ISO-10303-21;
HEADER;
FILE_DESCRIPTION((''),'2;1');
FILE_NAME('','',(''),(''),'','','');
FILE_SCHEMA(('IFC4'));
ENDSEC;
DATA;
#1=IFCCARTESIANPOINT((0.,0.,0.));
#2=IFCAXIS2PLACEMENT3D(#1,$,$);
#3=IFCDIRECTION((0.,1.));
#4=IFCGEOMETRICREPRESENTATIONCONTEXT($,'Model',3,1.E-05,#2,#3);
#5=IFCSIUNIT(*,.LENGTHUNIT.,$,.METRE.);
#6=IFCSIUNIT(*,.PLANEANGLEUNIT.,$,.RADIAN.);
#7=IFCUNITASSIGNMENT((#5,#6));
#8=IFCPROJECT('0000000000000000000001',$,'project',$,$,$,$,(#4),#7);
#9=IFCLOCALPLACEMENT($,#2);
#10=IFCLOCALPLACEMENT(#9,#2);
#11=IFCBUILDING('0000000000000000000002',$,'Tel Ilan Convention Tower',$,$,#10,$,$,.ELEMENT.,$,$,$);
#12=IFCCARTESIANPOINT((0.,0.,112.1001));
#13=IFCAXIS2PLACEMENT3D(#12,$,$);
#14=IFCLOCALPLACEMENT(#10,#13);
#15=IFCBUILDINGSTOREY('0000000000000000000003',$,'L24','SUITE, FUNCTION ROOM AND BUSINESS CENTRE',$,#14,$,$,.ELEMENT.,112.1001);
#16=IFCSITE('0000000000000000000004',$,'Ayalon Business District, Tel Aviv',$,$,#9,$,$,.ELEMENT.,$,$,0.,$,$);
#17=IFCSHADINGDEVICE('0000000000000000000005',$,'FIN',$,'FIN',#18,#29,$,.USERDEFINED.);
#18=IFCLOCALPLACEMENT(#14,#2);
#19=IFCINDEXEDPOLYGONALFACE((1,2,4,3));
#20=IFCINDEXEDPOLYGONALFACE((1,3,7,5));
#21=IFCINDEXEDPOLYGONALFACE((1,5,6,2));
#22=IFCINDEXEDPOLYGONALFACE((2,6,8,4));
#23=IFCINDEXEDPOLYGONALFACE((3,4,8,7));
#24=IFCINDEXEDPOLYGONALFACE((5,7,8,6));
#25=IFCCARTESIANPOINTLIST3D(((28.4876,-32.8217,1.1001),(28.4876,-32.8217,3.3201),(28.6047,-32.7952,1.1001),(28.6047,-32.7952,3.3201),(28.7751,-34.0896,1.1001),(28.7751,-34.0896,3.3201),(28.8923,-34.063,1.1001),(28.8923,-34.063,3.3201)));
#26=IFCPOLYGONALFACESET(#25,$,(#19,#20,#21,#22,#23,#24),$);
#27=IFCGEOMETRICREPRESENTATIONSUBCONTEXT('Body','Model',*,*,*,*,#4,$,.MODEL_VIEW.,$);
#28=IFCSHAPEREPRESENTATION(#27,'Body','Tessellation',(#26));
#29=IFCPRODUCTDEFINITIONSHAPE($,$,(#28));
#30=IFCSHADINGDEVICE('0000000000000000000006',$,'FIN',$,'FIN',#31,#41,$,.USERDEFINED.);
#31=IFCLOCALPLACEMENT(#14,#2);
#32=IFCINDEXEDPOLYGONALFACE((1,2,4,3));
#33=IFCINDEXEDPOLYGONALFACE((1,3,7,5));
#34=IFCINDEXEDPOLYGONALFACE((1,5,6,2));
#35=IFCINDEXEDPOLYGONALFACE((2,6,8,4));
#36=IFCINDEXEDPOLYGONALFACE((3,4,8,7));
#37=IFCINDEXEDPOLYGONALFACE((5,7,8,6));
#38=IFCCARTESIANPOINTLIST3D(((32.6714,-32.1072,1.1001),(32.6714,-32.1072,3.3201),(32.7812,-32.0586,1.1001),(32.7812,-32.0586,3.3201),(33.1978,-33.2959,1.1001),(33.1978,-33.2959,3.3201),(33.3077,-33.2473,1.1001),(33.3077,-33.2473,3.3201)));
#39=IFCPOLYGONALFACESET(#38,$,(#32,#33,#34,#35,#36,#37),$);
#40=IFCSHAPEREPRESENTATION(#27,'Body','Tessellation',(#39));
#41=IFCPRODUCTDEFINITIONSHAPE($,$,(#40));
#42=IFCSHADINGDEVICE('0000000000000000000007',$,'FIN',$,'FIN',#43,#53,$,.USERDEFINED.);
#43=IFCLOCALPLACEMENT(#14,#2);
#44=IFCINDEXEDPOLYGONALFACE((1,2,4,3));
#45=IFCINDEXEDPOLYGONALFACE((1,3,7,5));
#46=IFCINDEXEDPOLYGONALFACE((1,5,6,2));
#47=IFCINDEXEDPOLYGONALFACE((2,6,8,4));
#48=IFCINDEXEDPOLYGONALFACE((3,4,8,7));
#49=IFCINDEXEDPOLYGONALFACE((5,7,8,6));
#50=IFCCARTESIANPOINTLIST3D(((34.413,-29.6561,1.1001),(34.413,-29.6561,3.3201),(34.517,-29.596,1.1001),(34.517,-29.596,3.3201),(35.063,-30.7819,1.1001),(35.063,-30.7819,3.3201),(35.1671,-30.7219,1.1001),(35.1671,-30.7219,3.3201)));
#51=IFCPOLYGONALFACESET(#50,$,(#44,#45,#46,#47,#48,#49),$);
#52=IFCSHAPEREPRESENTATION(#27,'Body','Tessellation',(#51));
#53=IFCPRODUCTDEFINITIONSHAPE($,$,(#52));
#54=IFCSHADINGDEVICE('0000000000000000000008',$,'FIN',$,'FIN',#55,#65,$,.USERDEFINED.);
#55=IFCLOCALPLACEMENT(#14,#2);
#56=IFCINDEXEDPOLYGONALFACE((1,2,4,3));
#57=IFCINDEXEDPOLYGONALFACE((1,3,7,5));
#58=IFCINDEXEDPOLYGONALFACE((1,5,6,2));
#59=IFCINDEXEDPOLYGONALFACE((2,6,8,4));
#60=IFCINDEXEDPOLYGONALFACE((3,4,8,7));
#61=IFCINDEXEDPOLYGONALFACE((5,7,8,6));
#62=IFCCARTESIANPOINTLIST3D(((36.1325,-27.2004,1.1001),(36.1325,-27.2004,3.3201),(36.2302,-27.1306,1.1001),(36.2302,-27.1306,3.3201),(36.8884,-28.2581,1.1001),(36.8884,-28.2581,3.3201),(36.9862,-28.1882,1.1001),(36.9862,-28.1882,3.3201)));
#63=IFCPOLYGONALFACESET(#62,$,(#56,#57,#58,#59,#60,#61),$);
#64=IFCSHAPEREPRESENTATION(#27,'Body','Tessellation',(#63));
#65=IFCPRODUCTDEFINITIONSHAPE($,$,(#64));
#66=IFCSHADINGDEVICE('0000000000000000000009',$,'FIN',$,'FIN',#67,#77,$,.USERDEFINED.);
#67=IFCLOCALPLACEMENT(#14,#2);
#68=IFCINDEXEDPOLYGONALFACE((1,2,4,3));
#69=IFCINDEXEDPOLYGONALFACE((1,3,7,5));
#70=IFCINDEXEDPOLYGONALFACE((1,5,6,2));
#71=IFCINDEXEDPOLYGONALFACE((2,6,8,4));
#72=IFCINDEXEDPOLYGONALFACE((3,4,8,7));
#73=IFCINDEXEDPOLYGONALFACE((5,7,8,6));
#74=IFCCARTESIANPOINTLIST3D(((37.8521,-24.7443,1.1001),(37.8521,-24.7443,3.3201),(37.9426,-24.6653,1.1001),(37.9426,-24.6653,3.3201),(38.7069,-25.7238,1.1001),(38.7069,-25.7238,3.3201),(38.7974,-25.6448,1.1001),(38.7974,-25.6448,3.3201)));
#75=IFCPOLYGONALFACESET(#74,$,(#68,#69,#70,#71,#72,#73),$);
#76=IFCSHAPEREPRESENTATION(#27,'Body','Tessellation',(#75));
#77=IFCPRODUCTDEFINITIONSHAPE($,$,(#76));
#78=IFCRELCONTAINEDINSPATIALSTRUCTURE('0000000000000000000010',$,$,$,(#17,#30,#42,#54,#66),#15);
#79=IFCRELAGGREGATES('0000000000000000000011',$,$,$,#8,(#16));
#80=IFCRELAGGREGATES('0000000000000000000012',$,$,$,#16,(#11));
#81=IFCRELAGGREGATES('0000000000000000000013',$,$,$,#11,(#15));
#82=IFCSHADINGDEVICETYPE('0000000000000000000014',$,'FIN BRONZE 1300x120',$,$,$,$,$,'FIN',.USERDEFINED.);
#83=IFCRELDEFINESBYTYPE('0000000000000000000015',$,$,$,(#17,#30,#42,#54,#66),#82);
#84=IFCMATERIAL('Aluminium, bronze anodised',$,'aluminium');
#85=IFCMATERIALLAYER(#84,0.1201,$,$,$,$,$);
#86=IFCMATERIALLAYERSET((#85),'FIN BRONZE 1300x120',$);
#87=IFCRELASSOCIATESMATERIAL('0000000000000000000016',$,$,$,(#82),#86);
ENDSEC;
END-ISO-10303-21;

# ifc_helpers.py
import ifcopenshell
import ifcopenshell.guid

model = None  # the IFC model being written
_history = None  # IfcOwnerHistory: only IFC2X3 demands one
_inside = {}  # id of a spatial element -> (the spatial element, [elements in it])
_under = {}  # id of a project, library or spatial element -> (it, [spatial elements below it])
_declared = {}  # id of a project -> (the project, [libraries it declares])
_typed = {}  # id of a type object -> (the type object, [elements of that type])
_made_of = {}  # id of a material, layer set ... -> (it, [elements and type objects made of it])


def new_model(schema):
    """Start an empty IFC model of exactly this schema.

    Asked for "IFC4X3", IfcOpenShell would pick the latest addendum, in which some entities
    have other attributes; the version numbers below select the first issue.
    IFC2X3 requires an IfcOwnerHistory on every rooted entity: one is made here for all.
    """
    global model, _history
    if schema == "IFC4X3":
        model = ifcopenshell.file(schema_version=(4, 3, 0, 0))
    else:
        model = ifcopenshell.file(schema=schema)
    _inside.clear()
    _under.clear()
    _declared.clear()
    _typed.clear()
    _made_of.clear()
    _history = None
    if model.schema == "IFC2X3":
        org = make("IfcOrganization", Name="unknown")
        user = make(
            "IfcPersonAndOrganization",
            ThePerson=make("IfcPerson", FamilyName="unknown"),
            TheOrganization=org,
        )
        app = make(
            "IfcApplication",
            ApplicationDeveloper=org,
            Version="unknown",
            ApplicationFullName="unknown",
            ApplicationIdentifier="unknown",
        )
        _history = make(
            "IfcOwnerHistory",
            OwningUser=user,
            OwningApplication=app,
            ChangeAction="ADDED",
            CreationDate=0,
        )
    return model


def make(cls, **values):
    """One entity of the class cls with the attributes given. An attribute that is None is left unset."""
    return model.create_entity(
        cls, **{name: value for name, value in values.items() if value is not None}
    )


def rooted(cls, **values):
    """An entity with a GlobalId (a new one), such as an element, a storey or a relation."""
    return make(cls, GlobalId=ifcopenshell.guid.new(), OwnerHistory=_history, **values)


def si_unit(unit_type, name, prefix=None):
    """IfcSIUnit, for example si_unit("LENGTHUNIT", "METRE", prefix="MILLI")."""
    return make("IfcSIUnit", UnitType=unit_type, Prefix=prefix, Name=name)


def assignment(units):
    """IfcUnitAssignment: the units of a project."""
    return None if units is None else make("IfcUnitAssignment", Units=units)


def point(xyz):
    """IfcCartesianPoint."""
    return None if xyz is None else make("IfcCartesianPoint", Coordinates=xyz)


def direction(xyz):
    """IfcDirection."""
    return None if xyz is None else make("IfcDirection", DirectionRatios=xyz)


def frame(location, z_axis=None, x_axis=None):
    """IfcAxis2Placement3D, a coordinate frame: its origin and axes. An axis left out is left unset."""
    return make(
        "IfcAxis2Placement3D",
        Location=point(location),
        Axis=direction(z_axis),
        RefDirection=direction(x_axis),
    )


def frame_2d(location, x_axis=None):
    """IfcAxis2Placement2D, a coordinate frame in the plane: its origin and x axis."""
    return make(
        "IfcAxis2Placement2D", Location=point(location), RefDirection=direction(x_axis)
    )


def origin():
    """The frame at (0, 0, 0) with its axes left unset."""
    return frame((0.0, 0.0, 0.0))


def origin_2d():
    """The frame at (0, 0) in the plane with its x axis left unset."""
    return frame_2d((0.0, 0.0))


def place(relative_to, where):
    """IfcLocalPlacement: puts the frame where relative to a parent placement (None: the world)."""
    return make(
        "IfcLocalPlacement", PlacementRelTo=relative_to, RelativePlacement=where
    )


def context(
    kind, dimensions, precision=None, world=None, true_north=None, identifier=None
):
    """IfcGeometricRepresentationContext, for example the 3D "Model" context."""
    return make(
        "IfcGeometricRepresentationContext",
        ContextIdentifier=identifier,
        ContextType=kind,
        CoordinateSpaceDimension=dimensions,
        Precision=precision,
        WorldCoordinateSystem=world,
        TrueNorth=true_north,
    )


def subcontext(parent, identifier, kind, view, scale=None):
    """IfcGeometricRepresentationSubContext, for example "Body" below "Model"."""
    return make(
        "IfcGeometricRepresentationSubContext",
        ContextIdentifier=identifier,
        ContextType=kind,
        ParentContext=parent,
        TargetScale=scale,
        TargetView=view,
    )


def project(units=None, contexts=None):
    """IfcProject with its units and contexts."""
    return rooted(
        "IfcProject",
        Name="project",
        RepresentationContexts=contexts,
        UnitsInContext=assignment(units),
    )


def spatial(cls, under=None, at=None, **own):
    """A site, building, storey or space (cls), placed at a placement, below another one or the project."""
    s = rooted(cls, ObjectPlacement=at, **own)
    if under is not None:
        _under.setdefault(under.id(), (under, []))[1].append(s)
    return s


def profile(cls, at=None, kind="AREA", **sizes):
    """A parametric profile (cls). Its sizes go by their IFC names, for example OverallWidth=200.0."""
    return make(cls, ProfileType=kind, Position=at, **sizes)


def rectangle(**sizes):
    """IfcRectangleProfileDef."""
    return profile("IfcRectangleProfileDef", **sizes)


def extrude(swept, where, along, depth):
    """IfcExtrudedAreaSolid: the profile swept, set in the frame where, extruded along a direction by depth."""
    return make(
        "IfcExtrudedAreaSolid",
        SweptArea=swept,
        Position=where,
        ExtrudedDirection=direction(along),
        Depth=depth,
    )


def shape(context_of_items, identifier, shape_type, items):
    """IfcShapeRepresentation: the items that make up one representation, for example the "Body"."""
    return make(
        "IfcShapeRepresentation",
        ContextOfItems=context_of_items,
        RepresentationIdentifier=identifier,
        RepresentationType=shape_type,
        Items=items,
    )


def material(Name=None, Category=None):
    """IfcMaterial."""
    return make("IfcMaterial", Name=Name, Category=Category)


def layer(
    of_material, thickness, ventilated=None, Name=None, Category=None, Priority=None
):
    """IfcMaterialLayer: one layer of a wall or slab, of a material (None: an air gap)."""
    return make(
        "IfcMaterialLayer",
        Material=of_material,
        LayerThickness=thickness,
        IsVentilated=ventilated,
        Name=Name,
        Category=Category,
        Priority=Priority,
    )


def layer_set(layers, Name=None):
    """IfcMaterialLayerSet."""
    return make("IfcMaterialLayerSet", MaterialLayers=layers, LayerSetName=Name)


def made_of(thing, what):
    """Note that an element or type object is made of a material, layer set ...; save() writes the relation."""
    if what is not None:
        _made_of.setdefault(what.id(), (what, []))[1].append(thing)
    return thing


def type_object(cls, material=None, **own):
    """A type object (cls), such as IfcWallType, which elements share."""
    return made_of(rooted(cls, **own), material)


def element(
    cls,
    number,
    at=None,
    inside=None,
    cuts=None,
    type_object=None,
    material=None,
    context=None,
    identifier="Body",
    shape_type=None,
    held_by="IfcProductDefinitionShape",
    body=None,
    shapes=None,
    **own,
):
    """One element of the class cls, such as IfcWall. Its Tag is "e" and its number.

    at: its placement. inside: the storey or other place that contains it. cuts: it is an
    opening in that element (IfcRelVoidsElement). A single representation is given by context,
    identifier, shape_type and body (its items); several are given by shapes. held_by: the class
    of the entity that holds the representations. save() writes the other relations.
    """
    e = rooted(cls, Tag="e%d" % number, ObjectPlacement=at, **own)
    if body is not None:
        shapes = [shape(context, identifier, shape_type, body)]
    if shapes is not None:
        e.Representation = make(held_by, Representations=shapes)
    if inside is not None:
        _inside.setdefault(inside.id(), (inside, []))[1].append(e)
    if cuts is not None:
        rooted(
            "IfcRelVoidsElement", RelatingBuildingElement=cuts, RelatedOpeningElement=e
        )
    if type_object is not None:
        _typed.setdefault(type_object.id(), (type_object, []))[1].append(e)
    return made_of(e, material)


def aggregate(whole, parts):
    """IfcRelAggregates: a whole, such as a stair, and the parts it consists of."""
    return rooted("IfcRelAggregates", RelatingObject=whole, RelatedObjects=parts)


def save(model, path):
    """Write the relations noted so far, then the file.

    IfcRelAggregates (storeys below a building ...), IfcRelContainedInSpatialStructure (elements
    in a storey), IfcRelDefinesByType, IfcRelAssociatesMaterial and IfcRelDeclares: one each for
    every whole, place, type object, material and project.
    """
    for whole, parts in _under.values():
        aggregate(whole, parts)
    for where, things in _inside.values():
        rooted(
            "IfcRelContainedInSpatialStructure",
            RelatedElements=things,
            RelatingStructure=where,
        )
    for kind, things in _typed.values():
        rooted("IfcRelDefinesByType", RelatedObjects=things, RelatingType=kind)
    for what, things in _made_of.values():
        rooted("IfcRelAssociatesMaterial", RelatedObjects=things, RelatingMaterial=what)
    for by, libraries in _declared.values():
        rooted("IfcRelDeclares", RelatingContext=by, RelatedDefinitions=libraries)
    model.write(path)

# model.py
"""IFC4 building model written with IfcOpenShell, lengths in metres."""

from ifc_helpers import new_model, si_unit, direction, frame, origin, origin_2d, place, context, subcontext, project, spatial, rectangle, extrude, material, layer, layer_set, type_object, element, save


model = new_model("IFC4")

# Units and contexts
model_context = context("Model", 3, precision=1e-05, world=origin(), true_north=direction((0.0, 1.0)))
body_context = subcontext(model_context, "Body", "Model", "MODEL_VIEW")
ifc_project = project(units=[si_unit("LENGTHUNIT", "METRE"), si_unit("PLANEANGLEUNIT", "RADIAN")], contexts=[model_context])

# Site, building, storey
site_placement = place(None, origin())
site = spatial("IfcSite", under=ifc_project, at=site_placement, Name="Ayalon Business District, Tel Aviv", CompositionType="ELEMENT", RefElevation=0.0)
building_placement = place(site_placement, origin())
building = spatial("IfcBuilding", under=site, at=building_placement, Name="Tel Ilan Convention Tower", CompositionType="ELEMENT")
storey_placement = place(building_placement, frame((0.0, 0.0, 112.1001)))
storey = spatial("IfcBuildingStorey", under=building, at=storey_placement, Name="L24", Description="SUITE, FUNCTION ROOM AND BUSINESS CENTRE", CompositionType="ELEMENT", Elevation=112.1001)

# Shading devices
ifc_material_1 = material(Name="Aluminium, bronze anodised", Category="aluminium")
ifc_layer_1 = layer(ifc_material_1, 0.1201)
ifc_layer_set_1 = layer_set([ifc_layer_1], Name="FIN BRONZE 1300x120")
shading_device_type = type_object("IfcShadingDeviceType", Name="FIN BRONZE 1300x120", ElementType="FIN", PredefinedType="USERDEFINED", material=ifc_layer_set_1)
for number, where, z_axis, x_axis, name in (
    (1, (28.6899, -33.4424, 1.1001), (0.0, 0.0, 1.0), (0.22117, -0.975235, 0.0), "FIN"),
    (2, (32.9895, -32.6772, 1.1001), (0.0, 0.0, 1.0), (0.404964, -0.914333, 0.0), "FIN"),
    (3, (34.79, -30.189, 1.1001), (0.0, 0.0, 1.0), (0.5, -0.866025, 0.0), "FIN"),
    (4, (36.5593, -27.6943, 1.1001), (0.0, 0.0, 1.0), (0.581492, -0.813552, 0.0), "FIN"),
    (5, (38.3247, -25.1946, 1.1001), (0.0, 0.0, 1.0), (0.657521, -0.753436, 0.0), "FIN"),
):
    element("IfcShadingDevice", number, at=place(storey_placement, frame(where, z_axis=z_axis, x_axis=x_axis)), inside=storey, type_object=shading_device_type, Name=name, ObjectType="FIN", PredefinedType="USERDEFINED", context=body_context, shape_type="SweptSolid", body=[
        extrude(rectangle(XDim=1.3, YDim=0.1201, at=origin_2d()), origin(), (0.0, 0.0, 1.0), 2.22),
    ])

save(model, "model.ifc")
